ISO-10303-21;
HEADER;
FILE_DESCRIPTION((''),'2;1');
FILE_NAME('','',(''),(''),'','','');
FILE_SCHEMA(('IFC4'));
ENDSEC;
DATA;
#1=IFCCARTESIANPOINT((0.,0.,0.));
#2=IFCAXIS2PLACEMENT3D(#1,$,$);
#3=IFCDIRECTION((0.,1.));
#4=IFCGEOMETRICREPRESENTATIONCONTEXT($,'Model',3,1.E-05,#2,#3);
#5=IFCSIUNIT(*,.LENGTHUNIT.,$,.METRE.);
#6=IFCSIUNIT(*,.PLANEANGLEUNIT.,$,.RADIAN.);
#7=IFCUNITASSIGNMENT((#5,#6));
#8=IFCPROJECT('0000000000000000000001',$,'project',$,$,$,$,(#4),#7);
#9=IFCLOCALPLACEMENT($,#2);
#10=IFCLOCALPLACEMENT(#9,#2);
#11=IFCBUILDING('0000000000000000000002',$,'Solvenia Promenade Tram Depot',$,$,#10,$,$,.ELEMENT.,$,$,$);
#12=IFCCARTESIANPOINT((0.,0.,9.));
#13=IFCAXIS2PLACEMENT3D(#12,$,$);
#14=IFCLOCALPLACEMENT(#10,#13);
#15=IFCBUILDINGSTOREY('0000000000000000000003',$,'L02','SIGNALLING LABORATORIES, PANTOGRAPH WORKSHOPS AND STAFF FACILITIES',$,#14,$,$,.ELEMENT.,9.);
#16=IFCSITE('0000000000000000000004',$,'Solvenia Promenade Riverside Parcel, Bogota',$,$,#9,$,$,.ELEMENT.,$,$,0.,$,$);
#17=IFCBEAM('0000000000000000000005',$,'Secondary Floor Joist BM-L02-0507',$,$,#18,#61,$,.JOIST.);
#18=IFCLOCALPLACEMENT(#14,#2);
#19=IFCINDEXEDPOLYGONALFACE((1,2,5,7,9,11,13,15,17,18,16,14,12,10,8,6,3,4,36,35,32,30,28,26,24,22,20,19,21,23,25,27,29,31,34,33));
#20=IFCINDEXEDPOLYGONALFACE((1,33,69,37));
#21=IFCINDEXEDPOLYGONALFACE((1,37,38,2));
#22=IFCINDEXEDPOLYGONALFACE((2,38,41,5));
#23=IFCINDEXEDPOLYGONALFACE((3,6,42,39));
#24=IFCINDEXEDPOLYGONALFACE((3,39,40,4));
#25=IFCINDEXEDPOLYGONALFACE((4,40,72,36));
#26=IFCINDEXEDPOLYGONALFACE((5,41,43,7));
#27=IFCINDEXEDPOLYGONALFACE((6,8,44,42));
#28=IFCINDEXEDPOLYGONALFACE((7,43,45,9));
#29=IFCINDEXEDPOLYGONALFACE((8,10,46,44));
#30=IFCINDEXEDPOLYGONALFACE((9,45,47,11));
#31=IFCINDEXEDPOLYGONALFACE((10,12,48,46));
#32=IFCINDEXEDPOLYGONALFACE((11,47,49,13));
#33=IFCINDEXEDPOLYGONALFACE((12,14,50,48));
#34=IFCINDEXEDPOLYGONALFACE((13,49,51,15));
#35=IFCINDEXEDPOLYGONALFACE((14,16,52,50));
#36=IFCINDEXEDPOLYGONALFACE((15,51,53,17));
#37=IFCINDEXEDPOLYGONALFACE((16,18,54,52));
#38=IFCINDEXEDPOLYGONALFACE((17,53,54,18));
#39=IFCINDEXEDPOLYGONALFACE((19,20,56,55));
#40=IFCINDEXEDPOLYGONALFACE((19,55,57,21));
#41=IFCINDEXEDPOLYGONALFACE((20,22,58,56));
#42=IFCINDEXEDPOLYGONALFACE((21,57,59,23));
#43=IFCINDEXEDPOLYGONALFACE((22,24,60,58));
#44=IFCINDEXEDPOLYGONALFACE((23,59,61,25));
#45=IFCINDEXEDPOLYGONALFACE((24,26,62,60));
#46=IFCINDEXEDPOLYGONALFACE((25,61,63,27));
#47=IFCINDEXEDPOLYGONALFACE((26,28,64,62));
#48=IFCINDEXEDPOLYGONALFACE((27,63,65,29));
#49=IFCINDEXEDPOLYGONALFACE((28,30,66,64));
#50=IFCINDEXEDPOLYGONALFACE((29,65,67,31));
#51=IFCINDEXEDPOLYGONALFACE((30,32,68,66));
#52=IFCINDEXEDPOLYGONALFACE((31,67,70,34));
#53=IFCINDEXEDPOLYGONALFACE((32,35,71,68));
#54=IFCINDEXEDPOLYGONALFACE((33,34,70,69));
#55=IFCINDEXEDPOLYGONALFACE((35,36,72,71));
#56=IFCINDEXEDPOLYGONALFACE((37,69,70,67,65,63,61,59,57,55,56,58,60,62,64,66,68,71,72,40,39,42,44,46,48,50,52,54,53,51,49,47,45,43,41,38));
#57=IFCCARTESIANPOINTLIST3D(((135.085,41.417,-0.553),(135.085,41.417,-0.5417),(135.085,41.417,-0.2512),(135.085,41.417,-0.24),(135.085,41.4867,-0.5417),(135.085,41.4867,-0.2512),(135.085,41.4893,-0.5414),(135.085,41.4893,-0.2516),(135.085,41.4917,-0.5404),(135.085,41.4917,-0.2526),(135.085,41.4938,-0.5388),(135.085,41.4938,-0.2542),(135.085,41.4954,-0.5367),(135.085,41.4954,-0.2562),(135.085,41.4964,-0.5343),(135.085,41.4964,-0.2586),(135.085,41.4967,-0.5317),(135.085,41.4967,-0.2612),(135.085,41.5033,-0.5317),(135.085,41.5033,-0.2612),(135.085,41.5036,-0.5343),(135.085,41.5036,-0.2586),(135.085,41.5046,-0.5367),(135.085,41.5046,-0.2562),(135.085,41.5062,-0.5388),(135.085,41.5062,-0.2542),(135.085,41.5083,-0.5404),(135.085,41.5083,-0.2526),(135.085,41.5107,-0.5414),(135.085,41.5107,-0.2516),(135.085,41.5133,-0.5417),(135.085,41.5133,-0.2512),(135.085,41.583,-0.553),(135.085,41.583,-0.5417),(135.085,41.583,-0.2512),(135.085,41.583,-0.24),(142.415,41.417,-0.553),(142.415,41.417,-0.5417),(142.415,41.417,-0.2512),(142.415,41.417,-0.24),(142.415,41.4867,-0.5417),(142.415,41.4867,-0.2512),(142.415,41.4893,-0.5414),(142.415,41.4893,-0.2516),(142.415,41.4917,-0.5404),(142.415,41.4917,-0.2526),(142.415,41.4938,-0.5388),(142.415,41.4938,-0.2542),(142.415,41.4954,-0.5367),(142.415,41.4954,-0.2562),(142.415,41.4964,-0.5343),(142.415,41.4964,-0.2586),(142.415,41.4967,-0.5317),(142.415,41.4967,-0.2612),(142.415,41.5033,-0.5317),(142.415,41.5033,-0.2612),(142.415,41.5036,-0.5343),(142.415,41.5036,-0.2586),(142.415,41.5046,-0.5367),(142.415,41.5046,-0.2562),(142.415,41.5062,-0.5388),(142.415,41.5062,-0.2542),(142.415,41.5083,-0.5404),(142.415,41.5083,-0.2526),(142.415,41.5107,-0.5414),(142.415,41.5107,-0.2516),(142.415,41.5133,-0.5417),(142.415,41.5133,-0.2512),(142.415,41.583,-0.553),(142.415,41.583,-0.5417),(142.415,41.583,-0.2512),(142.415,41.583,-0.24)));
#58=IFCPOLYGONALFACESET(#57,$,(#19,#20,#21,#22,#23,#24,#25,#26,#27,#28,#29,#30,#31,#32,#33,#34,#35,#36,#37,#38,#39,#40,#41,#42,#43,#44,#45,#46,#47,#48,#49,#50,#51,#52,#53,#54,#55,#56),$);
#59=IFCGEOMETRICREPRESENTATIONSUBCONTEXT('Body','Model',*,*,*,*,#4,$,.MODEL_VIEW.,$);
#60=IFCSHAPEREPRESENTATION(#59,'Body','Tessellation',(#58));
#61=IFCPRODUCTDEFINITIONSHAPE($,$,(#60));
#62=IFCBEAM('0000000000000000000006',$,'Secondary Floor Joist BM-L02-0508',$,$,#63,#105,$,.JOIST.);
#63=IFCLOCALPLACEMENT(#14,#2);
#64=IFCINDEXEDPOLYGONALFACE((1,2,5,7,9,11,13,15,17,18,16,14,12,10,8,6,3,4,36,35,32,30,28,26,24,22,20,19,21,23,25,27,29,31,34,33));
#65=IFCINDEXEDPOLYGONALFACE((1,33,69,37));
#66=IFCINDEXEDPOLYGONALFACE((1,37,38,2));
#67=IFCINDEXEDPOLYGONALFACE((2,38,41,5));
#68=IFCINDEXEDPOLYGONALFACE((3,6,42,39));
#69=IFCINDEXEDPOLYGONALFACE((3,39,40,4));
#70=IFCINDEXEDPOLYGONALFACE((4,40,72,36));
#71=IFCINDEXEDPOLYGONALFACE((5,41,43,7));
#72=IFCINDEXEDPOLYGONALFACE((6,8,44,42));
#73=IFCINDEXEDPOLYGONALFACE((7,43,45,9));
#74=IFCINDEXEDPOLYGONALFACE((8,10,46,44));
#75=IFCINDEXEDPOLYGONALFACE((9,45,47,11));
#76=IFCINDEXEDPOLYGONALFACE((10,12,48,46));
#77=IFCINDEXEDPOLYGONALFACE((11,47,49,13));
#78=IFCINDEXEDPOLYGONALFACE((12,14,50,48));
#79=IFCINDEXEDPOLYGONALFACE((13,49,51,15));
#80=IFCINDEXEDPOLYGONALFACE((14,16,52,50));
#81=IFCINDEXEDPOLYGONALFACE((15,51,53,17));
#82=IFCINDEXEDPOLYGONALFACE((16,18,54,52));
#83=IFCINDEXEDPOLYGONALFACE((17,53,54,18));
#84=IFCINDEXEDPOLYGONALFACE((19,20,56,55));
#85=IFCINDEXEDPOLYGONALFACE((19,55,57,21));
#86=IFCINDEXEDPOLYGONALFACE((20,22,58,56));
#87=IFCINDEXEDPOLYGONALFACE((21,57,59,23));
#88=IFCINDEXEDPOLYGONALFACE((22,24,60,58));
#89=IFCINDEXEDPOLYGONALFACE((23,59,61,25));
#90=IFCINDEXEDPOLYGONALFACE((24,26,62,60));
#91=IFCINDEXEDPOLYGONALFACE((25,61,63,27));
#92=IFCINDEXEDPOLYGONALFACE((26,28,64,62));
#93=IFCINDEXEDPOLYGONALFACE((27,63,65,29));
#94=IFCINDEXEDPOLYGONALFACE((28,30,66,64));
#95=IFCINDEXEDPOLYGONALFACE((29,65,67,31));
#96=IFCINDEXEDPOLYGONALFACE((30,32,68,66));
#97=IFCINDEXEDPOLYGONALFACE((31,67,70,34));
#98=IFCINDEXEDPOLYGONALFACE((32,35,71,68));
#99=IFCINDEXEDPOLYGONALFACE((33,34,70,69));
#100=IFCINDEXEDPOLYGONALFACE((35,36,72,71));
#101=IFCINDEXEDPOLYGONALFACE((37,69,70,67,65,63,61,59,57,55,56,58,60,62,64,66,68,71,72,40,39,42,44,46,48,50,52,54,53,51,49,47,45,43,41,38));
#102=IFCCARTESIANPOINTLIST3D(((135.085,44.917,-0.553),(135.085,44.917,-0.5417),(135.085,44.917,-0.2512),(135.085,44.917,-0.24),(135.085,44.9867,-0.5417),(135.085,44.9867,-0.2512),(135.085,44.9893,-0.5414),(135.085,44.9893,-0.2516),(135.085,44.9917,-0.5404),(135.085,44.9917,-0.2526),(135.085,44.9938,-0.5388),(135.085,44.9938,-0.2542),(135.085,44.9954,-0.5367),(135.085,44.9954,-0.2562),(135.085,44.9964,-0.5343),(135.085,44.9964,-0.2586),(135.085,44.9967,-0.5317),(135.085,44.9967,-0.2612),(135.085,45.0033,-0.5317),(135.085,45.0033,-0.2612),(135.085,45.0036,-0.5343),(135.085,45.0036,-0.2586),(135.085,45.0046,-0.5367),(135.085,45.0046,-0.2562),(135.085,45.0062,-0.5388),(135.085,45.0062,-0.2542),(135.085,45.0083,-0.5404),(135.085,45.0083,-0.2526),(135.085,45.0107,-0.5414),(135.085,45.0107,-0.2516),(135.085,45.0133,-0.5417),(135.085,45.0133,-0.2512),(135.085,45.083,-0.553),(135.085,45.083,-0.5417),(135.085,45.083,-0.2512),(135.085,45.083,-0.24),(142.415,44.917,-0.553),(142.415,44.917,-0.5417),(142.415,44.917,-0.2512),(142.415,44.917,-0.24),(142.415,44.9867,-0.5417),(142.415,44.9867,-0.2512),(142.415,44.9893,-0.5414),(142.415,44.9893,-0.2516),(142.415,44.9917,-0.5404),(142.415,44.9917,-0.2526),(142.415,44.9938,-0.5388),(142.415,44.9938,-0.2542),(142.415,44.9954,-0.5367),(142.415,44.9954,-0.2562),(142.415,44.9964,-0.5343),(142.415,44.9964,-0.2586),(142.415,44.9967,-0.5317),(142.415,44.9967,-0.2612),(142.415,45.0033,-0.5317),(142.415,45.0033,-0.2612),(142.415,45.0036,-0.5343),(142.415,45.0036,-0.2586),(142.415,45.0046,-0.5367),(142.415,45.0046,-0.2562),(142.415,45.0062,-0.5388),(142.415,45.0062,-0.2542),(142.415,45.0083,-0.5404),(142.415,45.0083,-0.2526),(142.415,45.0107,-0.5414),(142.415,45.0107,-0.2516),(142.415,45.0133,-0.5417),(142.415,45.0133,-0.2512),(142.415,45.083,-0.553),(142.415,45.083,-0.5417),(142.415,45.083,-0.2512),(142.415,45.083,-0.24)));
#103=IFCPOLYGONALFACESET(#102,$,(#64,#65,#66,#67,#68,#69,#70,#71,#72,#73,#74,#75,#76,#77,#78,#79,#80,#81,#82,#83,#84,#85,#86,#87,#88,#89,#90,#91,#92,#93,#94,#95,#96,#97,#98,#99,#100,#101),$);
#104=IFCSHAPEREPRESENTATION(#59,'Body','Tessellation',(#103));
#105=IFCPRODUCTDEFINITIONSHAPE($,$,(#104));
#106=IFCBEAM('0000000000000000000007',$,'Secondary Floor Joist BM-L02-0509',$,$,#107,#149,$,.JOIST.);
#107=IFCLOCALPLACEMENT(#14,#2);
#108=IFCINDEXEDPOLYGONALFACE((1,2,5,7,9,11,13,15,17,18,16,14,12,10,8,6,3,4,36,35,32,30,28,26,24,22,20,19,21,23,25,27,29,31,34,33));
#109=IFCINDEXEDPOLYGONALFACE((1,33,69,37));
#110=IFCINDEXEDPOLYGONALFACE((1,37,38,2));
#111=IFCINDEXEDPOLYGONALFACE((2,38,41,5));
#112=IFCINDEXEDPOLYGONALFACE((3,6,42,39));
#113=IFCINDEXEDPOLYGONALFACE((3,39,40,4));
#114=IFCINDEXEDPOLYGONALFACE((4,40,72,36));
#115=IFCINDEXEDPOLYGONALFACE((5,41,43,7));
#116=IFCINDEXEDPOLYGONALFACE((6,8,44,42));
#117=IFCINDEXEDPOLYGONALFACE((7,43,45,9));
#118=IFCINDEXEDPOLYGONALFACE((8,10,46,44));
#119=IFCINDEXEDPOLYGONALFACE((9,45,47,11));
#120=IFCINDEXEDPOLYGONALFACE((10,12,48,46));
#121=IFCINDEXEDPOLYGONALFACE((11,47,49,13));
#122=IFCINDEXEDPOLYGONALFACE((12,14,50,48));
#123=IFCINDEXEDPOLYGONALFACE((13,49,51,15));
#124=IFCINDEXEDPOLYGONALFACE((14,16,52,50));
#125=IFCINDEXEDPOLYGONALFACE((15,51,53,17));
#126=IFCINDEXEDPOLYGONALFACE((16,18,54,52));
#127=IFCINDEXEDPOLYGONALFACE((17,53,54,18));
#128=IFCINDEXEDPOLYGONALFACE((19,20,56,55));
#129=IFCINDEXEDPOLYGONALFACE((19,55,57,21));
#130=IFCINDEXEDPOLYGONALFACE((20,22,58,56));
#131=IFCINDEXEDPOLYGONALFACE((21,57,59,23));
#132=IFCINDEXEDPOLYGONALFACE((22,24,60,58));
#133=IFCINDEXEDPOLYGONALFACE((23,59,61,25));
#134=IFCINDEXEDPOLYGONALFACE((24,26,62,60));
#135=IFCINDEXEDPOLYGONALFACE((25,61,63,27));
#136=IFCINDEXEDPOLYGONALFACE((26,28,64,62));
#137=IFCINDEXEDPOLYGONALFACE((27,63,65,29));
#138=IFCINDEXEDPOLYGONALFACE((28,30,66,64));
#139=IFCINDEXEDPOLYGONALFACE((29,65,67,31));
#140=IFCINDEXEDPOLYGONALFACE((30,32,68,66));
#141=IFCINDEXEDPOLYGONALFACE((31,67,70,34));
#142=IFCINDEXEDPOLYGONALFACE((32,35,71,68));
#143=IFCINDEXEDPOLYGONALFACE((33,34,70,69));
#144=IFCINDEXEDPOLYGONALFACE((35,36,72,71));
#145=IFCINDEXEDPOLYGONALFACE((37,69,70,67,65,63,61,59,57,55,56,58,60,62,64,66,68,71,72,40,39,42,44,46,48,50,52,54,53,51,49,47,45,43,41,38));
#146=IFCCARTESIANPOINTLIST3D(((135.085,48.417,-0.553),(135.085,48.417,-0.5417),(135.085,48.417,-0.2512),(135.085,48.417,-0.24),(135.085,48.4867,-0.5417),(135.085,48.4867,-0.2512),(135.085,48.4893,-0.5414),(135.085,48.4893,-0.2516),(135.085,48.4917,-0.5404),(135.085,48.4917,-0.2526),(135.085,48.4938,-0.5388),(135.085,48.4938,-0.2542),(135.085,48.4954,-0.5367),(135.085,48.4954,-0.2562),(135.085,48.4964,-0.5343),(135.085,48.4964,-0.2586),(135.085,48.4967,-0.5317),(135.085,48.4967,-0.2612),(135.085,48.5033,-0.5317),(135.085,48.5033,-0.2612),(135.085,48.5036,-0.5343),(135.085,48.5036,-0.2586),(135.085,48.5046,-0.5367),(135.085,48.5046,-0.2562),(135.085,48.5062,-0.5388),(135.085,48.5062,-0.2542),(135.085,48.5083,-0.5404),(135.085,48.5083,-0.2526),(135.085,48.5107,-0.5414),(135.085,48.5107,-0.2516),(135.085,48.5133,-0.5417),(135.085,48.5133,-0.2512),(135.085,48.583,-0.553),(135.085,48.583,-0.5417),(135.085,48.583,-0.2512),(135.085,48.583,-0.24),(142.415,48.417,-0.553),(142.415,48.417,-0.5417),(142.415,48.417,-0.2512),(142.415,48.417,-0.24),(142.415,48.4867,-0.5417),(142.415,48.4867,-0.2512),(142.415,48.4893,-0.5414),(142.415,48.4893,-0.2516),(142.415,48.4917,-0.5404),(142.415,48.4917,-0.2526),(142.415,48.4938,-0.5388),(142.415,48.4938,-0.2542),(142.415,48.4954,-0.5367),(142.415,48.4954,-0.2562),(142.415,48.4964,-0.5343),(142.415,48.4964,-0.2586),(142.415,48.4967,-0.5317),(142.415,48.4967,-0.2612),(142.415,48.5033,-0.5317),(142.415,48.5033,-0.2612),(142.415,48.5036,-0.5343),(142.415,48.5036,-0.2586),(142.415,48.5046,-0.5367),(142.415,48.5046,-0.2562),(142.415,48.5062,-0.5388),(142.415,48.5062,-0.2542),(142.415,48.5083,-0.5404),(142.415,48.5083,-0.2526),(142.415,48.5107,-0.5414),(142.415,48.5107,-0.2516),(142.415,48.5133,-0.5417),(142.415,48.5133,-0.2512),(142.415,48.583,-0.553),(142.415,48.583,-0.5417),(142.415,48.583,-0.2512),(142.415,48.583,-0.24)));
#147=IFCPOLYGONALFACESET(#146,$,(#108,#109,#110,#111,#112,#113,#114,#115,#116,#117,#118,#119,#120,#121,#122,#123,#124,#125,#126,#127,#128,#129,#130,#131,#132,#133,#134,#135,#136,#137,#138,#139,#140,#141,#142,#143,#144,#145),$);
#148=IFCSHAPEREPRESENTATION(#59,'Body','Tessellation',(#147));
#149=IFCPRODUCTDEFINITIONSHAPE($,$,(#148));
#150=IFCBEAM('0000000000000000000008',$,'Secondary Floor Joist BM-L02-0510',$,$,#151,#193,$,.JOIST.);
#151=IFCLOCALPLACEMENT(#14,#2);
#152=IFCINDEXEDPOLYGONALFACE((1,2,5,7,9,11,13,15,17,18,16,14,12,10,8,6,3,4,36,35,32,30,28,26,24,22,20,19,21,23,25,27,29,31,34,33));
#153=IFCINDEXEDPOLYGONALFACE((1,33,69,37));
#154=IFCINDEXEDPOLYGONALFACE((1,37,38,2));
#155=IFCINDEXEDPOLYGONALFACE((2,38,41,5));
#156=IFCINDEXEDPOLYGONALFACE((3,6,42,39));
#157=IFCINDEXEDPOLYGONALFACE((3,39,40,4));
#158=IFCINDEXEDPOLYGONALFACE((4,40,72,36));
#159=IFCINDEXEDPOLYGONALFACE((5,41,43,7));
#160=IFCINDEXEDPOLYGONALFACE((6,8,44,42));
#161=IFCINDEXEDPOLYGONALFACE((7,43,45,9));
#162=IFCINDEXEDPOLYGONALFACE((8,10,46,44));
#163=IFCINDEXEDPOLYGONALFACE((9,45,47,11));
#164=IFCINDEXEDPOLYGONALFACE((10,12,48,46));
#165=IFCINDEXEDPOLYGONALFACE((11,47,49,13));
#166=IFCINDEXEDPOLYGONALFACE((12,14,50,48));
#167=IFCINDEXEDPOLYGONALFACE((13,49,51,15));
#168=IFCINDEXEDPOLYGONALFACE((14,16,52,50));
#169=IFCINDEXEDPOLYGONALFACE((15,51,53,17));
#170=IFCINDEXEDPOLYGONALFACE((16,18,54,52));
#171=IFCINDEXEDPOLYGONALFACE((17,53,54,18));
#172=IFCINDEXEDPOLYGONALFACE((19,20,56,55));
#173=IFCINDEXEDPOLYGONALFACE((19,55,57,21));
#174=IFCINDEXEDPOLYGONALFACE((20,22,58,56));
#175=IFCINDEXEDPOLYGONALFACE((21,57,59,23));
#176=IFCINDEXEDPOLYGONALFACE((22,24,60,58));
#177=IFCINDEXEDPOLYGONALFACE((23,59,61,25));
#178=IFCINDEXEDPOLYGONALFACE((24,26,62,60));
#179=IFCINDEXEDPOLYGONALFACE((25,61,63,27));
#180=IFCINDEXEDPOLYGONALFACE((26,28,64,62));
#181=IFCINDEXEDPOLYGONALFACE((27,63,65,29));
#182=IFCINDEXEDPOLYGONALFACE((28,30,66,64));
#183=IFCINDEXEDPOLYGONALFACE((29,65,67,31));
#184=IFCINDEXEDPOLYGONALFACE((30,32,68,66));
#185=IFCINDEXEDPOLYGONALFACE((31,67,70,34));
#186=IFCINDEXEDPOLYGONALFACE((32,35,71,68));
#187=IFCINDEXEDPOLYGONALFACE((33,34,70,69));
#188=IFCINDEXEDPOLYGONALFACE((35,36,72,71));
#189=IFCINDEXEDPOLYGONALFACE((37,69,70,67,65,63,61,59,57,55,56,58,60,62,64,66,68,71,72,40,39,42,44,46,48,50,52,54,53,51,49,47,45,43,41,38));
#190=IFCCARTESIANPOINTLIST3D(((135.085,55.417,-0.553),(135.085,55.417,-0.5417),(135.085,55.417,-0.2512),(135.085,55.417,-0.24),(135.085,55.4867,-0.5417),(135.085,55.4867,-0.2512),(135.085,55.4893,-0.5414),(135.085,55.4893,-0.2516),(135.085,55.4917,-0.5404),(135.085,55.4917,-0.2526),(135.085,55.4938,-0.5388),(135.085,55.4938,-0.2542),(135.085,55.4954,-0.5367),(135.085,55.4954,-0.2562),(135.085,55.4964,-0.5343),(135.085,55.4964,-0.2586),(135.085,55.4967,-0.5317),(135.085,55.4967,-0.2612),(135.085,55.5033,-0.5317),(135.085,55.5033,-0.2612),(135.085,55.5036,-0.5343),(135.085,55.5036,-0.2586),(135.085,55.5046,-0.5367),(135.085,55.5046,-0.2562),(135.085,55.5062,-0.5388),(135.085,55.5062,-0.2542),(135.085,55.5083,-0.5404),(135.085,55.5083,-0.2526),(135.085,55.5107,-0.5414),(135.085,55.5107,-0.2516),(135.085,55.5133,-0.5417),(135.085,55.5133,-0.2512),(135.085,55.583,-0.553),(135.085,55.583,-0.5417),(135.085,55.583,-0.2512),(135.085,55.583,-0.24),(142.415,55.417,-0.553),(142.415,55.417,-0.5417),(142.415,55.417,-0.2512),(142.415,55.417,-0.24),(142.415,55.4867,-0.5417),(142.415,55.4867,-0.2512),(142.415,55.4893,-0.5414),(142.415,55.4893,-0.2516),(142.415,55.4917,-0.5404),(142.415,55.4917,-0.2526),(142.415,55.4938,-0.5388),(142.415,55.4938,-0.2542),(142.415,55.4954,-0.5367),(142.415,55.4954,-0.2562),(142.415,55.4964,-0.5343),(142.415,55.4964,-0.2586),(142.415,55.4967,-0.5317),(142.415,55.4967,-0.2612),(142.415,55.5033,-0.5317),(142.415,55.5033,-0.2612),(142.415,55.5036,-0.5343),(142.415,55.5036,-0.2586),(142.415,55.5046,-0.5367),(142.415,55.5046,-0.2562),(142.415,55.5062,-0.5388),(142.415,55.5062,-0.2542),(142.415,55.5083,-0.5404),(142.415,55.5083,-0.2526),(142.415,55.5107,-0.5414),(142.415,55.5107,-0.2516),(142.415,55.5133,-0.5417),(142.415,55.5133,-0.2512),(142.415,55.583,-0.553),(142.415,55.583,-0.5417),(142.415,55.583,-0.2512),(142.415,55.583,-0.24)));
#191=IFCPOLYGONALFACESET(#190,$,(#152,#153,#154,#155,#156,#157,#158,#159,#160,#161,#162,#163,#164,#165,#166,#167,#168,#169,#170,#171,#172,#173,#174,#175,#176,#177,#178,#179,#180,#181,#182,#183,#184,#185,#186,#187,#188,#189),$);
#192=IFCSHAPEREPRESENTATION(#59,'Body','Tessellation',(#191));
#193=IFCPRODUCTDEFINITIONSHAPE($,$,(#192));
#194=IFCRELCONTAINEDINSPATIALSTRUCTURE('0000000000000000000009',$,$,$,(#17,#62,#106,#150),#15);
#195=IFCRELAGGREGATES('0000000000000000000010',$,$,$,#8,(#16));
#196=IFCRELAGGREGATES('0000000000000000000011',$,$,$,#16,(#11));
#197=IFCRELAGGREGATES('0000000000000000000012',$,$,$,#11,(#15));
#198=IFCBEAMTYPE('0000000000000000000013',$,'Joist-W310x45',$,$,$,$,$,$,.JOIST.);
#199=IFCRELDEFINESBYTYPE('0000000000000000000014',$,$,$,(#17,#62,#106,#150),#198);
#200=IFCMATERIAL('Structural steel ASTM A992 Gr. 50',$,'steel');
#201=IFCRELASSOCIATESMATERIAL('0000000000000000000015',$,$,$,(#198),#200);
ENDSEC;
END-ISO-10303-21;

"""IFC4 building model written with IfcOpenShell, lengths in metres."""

from ifc_helpers import new_model, si_unit, direction, frame, origin, origin_2d, place, context, subcontext, project, spatial, i_section, extrude, material, material_profile, profile_set, type_object, element, save


model = new_model("IFC4")

# Units and contexts
model_context = context("Model", 3, precision=1e-05, world=origin(), true_north=direction((0.0, 1.0)))
body_context = subcontext(model_context, "Body", "Model", "MODEL_VIEW")
ifc_project = project(units=[si_unit("LENGTHUNIT", "METRE"), si_unit("PLANEANGLEUNIT", "RADIAN")], contexts=[model_context])

# Site, building, storey
site_placement = place(None, origin())
site = spatial("IfcSite", under=ifc_project, at=site_placement, Name="Solvenia Promenade Riverside Parcel, Bogota", CompositionType="ELEMENT", RefElevation=0.0)
building_placement = place(site_placement, origin())
building = spatial("IfcBuilding", under=site, at=building_placement, Name="Solvenia Promenade Tram Depot", CompositionType="ELEMENT")
storey_placement = place(building_placement, frame((0.0, 0.0, 9.0)))
storey = spatial("IfcBuildingStorey", under=building, at=storey_placement, Name="L02", Description="SIGNALLING LABORATORIES, PANTOGRAPH WORKSHOPS AND STAFF FACILITIES", CompositionType="ELEMENT", Elevation=9.0)

# Shared definitions
ifc_material_1 = material(Name="Structural steel ASTM A992 Gr. 50", Category="steel")

# Beams
ifc_material_profile_1 = material_profile(ifc_material_1, i_section(OverallWidth=0.166, OverallDepth=0.313, WebThickness=0.0066, FlangeThickness=0.0112, FilletRadius=0.01, at=origin_2d()), Name="W310x45", Category="steel")
ifc_profile_set_1 = profile_set([ifc_material_profile_1], Name="Structural steel ASTM A992 Gr. 50")
beam_type_1 = type_object("IfcBeamType", Name="Joist-W310x45", PredefinedType="JOIST", material=ifc_profile_set_1)
for number, where, z_axis, x_axis, name in (
    (1, (135.085, 41.5, -0.3965), (1.0, 0.0, 0.0), (0.0, 1.0, 0.0), "Secondary Floor Joist BM-L02-0507"),
    (2, (135.085, 45.0, -0.3965), (1.0, 0.0, 0.0), (0.0, 1.0, 0.0), "Secondary Floor Joist BM-L02-0508"),
    (3, (135.085, 48.5, -0.3965), (1.0, 0.0, 0.0), (0.0, 1.0, 0.0), "Secondary Floor Joist BM-L02-0509"),
    (4, (135.085, 55.5, -0.3965), (1.0, 0.0, 0.0), (0.0, 1.0, 0.0), "Secondary Floor Joist BM-L02-0510"),
):
    element("IfcBeam", number, at=place(storey_placement, frame(where, z_axis=z_axis, x_axis=x_axis)), inside=storey, type_object=beam_type_1, Name=name, PredefinedType="JOIST", context=body_context, shape_type="SweptSolid", body=[
        extrude(i_section(OverallWidth=0.166, OverallDepth=0.313, WebThickness=0.0066, FlangeThickness=0.0112, FilletRadius=0.01, at=origin_2d()), origin(), (0.0, 0.0, 1.0), 7.3301),
    ])

save(model, "model.ifc")
